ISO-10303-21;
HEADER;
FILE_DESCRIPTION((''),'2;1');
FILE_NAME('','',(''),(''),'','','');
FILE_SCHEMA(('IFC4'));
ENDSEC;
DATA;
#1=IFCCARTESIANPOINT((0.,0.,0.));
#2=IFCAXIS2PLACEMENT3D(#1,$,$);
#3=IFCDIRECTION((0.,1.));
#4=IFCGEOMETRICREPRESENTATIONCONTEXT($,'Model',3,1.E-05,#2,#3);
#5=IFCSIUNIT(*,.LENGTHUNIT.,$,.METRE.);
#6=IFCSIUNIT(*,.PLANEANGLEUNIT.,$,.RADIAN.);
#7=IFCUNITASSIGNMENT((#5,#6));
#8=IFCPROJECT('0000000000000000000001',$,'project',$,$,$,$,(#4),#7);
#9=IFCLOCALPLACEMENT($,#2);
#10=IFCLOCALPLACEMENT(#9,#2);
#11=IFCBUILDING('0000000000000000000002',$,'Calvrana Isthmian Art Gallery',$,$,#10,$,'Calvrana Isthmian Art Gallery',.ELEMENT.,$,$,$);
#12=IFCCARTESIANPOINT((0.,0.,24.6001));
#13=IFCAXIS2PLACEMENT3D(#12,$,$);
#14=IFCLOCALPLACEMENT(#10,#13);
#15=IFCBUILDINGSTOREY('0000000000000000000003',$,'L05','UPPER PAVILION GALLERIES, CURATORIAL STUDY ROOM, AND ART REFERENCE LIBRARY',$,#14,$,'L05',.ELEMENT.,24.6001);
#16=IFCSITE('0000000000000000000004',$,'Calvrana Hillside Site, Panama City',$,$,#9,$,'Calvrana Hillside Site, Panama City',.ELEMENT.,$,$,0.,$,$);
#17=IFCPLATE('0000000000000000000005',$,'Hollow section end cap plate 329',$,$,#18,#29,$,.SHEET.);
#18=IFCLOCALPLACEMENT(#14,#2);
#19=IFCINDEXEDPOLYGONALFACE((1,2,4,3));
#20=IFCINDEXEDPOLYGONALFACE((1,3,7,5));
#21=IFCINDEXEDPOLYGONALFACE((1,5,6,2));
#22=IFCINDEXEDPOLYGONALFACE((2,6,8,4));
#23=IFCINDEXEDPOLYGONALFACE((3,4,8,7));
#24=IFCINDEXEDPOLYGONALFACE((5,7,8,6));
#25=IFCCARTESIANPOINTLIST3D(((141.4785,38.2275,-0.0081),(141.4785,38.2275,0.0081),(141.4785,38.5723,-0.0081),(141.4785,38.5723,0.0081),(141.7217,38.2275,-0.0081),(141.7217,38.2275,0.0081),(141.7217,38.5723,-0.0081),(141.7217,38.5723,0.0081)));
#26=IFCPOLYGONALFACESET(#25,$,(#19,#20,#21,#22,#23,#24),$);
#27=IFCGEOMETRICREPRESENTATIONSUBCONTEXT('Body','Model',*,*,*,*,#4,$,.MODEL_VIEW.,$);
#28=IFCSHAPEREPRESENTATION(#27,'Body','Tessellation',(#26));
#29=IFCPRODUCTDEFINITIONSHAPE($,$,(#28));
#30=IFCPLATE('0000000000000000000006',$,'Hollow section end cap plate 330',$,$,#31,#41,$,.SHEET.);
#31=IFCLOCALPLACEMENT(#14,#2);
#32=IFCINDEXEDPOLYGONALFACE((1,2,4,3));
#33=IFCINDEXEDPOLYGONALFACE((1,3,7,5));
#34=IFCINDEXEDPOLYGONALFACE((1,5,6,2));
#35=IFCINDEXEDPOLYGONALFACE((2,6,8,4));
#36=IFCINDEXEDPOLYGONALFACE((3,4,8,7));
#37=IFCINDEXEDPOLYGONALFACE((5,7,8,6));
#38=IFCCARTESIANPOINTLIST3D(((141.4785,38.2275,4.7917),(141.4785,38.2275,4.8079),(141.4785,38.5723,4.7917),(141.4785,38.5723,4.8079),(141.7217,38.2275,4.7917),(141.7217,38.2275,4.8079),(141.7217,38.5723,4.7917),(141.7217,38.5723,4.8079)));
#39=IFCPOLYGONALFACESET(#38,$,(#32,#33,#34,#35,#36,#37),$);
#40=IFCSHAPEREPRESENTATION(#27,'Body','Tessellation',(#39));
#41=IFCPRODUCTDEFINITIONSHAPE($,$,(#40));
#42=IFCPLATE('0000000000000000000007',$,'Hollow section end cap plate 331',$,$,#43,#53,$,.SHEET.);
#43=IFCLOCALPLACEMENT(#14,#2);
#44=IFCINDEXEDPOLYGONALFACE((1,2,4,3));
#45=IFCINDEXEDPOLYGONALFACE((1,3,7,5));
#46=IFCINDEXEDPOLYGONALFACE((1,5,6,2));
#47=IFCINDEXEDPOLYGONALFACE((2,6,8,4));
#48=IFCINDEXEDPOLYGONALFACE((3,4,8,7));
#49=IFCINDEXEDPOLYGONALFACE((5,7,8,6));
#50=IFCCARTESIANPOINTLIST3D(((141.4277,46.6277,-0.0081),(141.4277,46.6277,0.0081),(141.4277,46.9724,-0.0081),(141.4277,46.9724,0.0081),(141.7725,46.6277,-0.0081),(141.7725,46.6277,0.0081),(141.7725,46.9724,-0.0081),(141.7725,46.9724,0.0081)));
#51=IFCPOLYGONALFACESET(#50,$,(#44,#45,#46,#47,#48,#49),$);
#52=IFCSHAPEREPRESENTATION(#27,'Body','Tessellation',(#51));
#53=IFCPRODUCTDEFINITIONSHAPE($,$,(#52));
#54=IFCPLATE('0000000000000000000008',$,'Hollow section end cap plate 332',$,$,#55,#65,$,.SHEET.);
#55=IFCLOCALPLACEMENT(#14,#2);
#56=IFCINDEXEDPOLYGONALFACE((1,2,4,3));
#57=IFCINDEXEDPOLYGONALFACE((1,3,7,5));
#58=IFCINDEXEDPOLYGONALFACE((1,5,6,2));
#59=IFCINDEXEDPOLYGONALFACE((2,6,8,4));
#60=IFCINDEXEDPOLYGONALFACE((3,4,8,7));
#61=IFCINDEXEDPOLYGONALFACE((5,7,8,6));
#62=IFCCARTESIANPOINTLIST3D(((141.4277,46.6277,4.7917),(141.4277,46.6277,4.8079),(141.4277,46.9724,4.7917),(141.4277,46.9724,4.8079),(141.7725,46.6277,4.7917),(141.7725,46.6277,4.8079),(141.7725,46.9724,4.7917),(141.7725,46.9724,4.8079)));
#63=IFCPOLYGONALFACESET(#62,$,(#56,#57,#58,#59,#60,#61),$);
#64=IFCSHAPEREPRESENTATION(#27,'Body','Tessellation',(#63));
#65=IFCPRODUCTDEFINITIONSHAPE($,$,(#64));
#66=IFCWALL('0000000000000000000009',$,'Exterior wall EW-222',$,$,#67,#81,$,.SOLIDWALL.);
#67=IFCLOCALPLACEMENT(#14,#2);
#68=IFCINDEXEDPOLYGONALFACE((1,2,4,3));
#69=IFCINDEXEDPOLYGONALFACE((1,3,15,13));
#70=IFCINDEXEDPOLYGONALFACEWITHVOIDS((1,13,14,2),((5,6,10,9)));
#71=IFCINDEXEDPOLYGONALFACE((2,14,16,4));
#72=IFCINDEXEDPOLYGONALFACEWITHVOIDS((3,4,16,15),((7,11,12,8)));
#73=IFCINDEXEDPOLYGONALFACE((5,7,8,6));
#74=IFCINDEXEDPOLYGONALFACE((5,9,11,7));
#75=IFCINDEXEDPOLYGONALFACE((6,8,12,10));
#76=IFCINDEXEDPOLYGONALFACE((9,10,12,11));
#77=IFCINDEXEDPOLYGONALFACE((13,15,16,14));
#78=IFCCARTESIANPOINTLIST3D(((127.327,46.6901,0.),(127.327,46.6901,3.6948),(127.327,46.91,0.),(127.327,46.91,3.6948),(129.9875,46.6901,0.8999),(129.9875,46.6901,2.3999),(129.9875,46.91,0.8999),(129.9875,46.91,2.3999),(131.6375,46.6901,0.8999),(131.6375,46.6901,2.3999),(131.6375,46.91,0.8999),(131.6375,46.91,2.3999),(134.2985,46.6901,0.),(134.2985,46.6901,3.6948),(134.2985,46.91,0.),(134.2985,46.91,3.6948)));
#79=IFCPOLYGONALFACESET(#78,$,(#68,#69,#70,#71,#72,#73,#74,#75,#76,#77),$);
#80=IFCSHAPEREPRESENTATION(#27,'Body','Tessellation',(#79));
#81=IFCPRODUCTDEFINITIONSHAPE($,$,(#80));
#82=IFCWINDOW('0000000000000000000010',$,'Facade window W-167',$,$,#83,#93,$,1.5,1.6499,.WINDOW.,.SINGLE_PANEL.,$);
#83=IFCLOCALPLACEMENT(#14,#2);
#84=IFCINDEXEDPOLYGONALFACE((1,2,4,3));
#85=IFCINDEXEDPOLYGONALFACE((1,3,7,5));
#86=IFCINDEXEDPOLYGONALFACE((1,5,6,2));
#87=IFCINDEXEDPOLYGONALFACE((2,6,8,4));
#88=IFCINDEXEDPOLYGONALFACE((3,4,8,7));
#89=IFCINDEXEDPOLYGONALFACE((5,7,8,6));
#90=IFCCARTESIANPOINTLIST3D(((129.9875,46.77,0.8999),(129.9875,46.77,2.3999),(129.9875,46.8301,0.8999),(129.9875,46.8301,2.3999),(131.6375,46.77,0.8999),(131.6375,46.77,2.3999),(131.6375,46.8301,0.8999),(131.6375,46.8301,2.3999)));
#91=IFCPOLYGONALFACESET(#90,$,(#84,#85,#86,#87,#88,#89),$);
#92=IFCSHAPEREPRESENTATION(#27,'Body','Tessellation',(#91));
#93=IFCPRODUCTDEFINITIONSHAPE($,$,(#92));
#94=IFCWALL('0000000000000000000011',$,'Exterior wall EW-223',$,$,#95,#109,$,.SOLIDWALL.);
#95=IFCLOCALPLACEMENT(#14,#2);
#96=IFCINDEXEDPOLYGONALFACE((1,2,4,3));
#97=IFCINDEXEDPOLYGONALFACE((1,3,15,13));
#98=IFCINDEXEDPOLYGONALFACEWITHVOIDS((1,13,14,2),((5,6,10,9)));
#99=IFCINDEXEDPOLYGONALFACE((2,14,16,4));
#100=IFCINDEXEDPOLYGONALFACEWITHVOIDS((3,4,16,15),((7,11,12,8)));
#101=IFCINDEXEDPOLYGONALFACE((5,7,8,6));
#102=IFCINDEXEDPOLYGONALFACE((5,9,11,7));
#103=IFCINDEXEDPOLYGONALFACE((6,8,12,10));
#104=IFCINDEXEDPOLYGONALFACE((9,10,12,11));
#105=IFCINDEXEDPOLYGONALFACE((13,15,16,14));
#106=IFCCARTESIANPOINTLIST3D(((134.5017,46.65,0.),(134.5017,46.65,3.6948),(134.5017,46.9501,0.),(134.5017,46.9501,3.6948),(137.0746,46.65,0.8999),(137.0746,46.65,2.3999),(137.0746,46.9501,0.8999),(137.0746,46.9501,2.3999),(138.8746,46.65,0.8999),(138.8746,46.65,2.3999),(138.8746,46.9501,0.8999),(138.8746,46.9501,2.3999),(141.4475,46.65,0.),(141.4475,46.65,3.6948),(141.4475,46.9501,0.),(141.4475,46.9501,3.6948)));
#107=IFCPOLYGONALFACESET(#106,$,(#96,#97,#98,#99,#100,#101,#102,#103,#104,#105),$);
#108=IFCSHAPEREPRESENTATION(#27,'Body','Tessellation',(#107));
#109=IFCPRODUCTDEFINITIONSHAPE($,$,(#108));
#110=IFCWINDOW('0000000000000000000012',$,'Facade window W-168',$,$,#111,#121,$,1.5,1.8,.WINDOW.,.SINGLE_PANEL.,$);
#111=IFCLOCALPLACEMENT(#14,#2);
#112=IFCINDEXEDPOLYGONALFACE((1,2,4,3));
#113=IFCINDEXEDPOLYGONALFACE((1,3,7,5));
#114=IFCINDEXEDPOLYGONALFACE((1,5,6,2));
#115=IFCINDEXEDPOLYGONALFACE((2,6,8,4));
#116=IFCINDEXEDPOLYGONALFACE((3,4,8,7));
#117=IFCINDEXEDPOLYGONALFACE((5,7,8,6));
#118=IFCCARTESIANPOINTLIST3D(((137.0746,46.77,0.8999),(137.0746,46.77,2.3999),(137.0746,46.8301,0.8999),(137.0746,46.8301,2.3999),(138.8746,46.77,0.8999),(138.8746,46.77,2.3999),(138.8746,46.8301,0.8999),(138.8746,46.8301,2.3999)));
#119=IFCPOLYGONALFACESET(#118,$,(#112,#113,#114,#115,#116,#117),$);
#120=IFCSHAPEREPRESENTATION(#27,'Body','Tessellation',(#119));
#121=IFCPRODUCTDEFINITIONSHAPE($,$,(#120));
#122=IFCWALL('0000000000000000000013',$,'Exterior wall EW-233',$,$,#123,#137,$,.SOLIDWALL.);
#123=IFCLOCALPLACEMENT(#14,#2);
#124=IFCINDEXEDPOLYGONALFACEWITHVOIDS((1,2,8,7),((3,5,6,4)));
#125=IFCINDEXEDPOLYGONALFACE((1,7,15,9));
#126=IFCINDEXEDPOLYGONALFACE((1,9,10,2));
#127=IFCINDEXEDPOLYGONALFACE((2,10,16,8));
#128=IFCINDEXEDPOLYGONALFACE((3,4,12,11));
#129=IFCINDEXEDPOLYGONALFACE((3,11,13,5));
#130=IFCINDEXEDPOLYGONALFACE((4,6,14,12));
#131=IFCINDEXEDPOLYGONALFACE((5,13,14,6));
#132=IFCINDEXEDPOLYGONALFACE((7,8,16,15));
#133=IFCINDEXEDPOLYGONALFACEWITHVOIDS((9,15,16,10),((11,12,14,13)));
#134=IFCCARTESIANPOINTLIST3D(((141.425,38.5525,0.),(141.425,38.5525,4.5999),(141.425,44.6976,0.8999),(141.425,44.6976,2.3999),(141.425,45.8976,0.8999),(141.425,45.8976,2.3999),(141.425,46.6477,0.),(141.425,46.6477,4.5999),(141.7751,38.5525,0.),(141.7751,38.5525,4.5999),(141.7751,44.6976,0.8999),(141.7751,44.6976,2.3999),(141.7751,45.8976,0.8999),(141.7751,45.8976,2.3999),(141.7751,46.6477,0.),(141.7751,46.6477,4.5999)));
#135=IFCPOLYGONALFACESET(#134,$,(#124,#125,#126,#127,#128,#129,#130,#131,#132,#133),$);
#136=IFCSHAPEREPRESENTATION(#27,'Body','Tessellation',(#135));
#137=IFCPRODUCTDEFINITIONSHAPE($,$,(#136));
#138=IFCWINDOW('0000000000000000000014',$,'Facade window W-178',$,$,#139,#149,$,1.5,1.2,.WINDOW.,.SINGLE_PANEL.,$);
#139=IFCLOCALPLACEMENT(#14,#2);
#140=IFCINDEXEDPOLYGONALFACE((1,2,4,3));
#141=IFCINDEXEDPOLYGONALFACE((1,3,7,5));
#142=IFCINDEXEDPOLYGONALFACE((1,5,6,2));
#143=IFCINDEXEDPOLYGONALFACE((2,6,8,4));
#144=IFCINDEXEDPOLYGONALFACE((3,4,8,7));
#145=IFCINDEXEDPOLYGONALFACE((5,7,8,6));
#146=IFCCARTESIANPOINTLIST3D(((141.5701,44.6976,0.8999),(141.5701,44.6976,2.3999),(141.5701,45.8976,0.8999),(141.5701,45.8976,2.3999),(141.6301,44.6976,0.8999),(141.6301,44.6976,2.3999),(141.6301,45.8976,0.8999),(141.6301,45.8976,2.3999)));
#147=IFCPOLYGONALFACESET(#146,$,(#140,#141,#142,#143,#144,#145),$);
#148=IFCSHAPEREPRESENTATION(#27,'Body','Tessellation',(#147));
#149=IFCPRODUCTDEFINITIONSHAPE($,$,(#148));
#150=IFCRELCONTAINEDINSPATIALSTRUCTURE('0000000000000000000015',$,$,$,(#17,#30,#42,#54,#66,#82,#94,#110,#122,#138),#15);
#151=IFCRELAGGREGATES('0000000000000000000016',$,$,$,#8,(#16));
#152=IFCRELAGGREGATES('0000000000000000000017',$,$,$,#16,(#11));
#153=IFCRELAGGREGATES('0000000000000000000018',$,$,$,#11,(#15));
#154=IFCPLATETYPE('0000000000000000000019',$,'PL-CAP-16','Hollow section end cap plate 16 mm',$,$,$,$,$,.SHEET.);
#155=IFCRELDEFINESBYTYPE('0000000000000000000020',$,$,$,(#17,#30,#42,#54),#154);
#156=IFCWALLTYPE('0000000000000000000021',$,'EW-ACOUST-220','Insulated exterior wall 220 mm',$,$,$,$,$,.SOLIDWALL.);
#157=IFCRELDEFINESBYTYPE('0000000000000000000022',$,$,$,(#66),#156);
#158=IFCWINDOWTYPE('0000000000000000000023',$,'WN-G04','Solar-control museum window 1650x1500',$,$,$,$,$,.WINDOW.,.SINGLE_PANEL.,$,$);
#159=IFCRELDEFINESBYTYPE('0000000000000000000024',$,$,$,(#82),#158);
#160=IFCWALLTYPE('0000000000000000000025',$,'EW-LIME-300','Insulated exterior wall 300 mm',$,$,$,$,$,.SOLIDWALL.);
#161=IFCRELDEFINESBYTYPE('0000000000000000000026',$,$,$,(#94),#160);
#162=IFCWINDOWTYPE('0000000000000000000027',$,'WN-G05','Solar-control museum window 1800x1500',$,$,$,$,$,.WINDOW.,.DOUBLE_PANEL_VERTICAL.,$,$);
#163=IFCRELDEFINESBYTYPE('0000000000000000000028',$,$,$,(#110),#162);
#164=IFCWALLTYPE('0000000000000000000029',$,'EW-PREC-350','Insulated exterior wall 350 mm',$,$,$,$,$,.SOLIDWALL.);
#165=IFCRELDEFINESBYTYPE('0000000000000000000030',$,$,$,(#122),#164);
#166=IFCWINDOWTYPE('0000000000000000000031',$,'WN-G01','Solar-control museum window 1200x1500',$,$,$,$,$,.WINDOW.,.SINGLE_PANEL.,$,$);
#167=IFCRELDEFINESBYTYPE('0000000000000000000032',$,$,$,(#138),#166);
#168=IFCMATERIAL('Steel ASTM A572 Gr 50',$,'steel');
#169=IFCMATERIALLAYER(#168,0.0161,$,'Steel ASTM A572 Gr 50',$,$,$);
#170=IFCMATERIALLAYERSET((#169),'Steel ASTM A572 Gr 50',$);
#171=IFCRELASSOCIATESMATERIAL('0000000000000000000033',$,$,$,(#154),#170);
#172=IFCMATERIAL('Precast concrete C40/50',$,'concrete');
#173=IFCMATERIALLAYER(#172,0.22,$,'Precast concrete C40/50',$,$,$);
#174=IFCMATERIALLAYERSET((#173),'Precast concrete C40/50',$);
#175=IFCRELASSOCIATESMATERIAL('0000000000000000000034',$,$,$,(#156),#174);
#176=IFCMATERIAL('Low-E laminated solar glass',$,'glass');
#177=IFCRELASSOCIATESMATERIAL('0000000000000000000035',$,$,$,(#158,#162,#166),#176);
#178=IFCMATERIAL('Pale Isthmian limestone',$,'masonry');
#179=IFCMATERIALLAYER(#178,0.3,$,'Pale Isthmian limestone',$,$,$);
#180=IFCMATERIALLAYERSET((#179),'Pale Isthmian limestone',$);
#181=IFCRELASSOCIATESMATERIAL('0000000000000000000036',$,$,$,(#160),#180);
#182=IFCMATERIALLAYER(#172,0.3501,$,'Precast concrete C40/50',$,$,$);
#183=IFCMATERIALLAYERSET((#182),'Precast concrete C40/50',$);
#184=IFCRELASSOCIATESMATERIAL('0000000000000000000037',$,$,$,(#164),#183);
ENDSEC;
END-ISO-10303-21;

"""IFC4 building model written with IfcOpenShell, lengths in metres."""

from ifc_helpers import new_model, si_unit, direction, frame, frame_2d, origin, origin_2d, place, context, subcontext, project, spatial, rectangle, extrude, material, layer, layer_set, type_object, element, fill, save


model = new_model("IFC4")

# Units and contexts
model_context = context("Model", 3, precision=1e-05, world=origin(), true_north=direction((0.0, 1.0)))
body_context = subcontext(model_context, "Body", "Model", "MODEL_VIEW")
ifc_project = project(units=[si_unit("LENGTHUNIT", "METRE"), si_unit("PLANEANGLEUNIT", "RADIAN")], contexts=[model_context])

# Site, building, storey
site_placement = place(None, origin())
site = spatial("IfcSite", under=ifc_project, at=site_placement, Name="Calvrana Hillside Site, Panama City", LongName="Calvrana Hillside Site, Panama City", CompositionType="ELEMENT", RefElevation=0.0)
building_placement = place(site_placement, origin())
building = spatial("IfcBuilding", under=site, at=building_placement, Name="Calvrana Isthmian Art Gallery", LongName="Calvrana Isthmian Art Gallery", CompositionType="ELEMENT")
storey_placement = place(building_placement, frame((0.0, 0.0, 24.6001)))
storey = spatial("IfcBuildingStorey", under=building, at=storey_placement, Name="L05", Description="UPPER PAVILION GALLERIES, CURATORIAL STUDY ROOM, AND ART REFERENCE LIBRARY", LongName="L05", CompositionType="ELEMENT", Elevation=24.6001)

# Plates
ifc_material_1 = material(Name="Steel ASTM A572 Gr 50", Category="steel")
ifc_layer_1 = layer(ifc_material_1, 0.0161, Name="Steel ASTM A572 Gr 50")
ifc_layer_set_1 = layer_set([ifc_layer_1], Name="Steel ASTM A572 Gr 50")
plate_type = type_object("IfcPlateType", Name="PL-CAP-16", Description="Hollow section end cap plate 16 mm", PredefinedType="SHEET", material=ifc_layer_set_1)
for number, where, z_axis, x_axis, name in (
    (1, (141.6001, 38.3999, -0.0081), (0.0, 0.0, 1.0), (1.0, 0.0, 0.0), "Hollow section end cap plate 329"),
    (2, (141.6001, 38.3999, 4.7917), (0.0, 0.0, 1.0), (1.0, 0.0, 0.0), "Hollow section end cap plate 330"),
):
    element("IfcPlate", number, at=place(storey_placement, frame(where, z_axis=z_axis, x_axis=x_axis)), inside=storey, type_object=plate_type, Name=name, PredefinedType="SHEET", context=body_context, shape_type="SweptSolid", body=[
        extrude(rectangle(XDim=0.2432, YDim=0.3447, at=origin_2d()), origin(), (0.0, 0.0, 1.0), 0.0161),
    ])
for number, where, z_axis, x_axis, name in (
    (3, (141.6001, 46.8, -0.0081), (0.0, 0.0, 1.0), (1.0, 0.0, 0.0), "Hollow section end cap plate 331"),
    (4, (141.6001, 46.8, 4.7917), (0.0, 0.0, 1.0), (1.0, 0.0, 0.0), "Hollow section end cap plate 332"),
):
    element("IfcPlate", number, at=place(storey_placement, frame(where, z_axis=z_axis, x_axis=x_axis)), inside=storey, type_object=plate_type, Name=name, PredefinedType="SHEET", context=body_context, shape_type="SweptSolid", body=[
        extrude(rectangle(XDim=0.3447, YDim=0.3447, at=origin_2d()), origin(), (0.0, 0.0, 1.0), 0.0161),
    ])

# Walls, openings, windows
ifc_material_2 = material(Name="Precast concrete C40/50", Category="concrete")
ifc_layer_2 = layer(ifc_material_2, 0.22, Name="Precast concrete C40/50")
ifc_layer_set_2 = layer_set([ifc_layer_2], Name="Precast concrete C40/50")
wall_type_1 = type_object("IfcWallType", Name="EW-ACOUST-220", Description="Insulated exterior wall 220 mm", PredefinedType="SOLIDWALL", material=ifc_layer_set_2)
wall_1_placement = place(storey_placement, frame((127.3269, 46.8, 0.0), z_axis=(0.0, 0.0, 1.0), x_axis=(1.0, 0.0, 0.0)))
wall_1 = element("IfcWall", 5, at=wall_1_placement, inside=storey, type_object=wall_type_1, Name="Exterior wall EW-222", PredefinedType="SOLIDWALL", context=body_context, shape_type="SweptSolid", body=[
    extrude(rectangle(XDim=6.9714, YDim=0.22, at=frame_2d((3.4858, 0.0))), origin(), (0.0, 0.0, 1.0), 3.6948),
])
opening_1_placement = place(wall_1_placement, frame((2.6606, 0.0, 0.8999)))
opening_1 = element("IfcOpeningElement", 6, at=opening_1_placement, cuts=wall_1, PredefinedType="OPENING", context=body_context, shape_type="SweptSolid", body=[
    extrude(rectangle(XDim=1.6499, YDim=1.5, at=frame_2d((0.825, 0.75))), frame((0.0, 0.1201, 0.0), z_axis=(0.0, -1.0, 0.0), x_axis=(1.0, 0.0, 0.0)), (0.0, 0.0, 1.0), 0.2405),
])
ifc_material_3 = material(Name="Low-E laminated solar glass", Category="glass")
window_type_1 = type_object("IfcWindowType", Name="WN-G04", Description="Solar-control museum window 1650x1500", PartitioningType="SINGLE_PANEL", PredefinedType="WINDOW", material=ifc_material_3)
window_1_placement = place(opening_1_placement, origin())
window_1 = element("IfcWindow", 7, at=window_1_placement, inside=storey, type_object=window_type_1, Name="Facade window W-167", OverallHeight=1.5, OverallWidth=1.6499, PartitioningType="SINGLE_PANEL", PredefinedType="WINDOW", context=body_context, shape_type="SweptSolid", body=[
    extrude(rectangle(XDim=1.6499, YDim=1.5, at=frame_2d((0.825, 0.75))), frame((0.0, 0.03, 0.0), z_axis=(0.0, -1.0, 0.0), x_axis=(1.0, 0.0, 0.0)), (0.0, 0.0, 1.0), 0.0601),
])
fill(opening_1, window_1)
ifc_material_4 = material(Name="Pale Isthmian limestone", Category="masonry")
ifc_layer_3 = layer(ifc_material_4, 0.3, Name="Pale Isthmian limestone")
ifc_layer_set_3 = layer_set([ifc_layer_3], Name="Pale Isthmian limestone")
wall_type_2 = type_object("IfcWallType", Name="EW-LIME-300", Description="Insulated exterior wall 300 mm", PredefinedType="SOLIDWALL", material=ifc_layer_set_3)
wall_2_placement = place(storey_placement, frame((134.5017, 46.8, 0.0), z_axis=(0.0, 0.0, 1.0), x_axis=(1.0, 0.0, 0.0)))
wall_2 = element("IfcWall", 8, at=wall_2_placement, inside=storey, type_object=wall_type_2, Name="Exterior wall EW-223", PredefinedType="SOLIDWALL", context=body_context, shape_type="SweptSolid", body=[
    extrude(rectangle(XDim=6.9458, YDim=0.3, at=frame_2d((3.4729, 0.0))), origin(), (0.0, 0.0, 1.0), 3.6948),
])
opening_2_placement = place(wall_2_placement, frame((2.573, 0.0, 0.8999)))
opening_2 = element("IfcOpeningElement", 9, at=opening_2_placement, cuts=wall_2, PredefinedType="OPENING", context=body_context, shape_type="SweptSolid", body=[
    extrude(rectangle(XDim=1.8, YDim=1.5, at=frame_2d((0.8999, 0.75))), frame((0.0, 0.1602, 0.0), z_axis=(0.0, -1.0, 0.0), x_axis=(1.0, 0.0, 0.0)), (0.0, 0.0, 1.0), 0.3206),
])
window_type_2 = type_object("IfcWindowType", Name="WN-G05", Description="Solar-control museum window 1800x1500", PartitioningType="DOUBLE_PANEL_VERTICAL", PredefinedType="WINDOW", material=ifc_material_3)
window_2_placement = place(opening_2_placement, origin())
window_2 = element("IfcWindow", 10, at=window_2_placement, inside=storey, type_object=window_type_2, Name="Facade window W-168", OverallHeight=1.5, OverallWidth=1.8, PartitioningType="SINGLE_PANEL", PredefinedType="WINDOW", context=body_context, shape_type="SweptSolid", body=[
    extrude(rectangle(XDim=1.8, YDim=1.5, at=frame_2d((0.8999, 0.75))), frame((0.0, 0.03, 0.0), z_axis=(0.0, -1.0, 0.0), x_axis=(1.0, 0.0, 0.0)), (0.0, 0.0, 1.0), 0.0601),
])
fill(opening_2, window_2)
ifc_layer_4 = layer(ifc_material_2, 0.3501, Name="Precast concrete C40/50")
ifc_layer_set_4 = layer_set([ifc_layer_4], Name="Precast concrete C40/50")
wall_type_3 = type_object("IfcWallType", Name="EW-PREC-350", Description="Insulated exterior wall 350 mm", PredefinedType="SOLIDWALL", material=ifc_layer_set_4)
wall_3_placement = place(storey_placement, frame((141.6001, 46.6477, 0.0), z_axis=(0.0, 0.0, 1.0), x_axis=(0.0, -1.0, 0.0)))
wall_3 = element("IfcWall", 11, at=wall_3_placement, inside=storey, type_object=wall_type_3, Name="Exterior wall EW-233", PredefinedType="SOLIDWALL", context=body_context, shape_type="SweptSolid", body=[
    extrude(rectangle(XDim=8.0952, YDim=0.3501, at=frame_2d((4.0476, 0.0))), origin(), (0.0, 0.0, 1.0), 4.5999),
])
opening_3_placement = place(wall_3_placement, frame((0.75, 0.0, 0.8999)))
opening_3 = element("IfcOpeningElement", 12, at=opening_3_placement, cuts=wall_3, PredefinedType="OPENING", context=body_context, shape_type="SweptSolid", body=[
    extrude(rectangle(XDim=1.2, YDim=1.5, at=frame_2d((0.6001, 0.75))), frame((0.0, 0.1853, 0.0), z_axis=(0.0, -1.0, 0.0), x_axis=(1.0, 0.0, 0.0)), (0.0, 0.0, 1.0), 0.3706),
])
window_type_3 = type_object("IfcWindowType", Name="WN-G01", Description="Solar-control museum window 1200x1500", PartitioningType="SINGLE_PANEL", PredefinedType="WINDOW", material=ifc_material_3)
window_3_placement = place(opening_3_placement, origin())
window_3 = element("IfcWindow", 13, at=window_3_placement, inside=storey, type_object=window_type_3, Name="Facade window W-178", OverallHeight=1.5, OverallWidth=1.2, PartitioningType="SINGLE_PANEL", PredefinedType="WINDOW", context=body_context, shape_type="SweptSolid", body=[
    extrude(rectangle(XDim=1.2, YDim=1.5, at=frame_2d((0.6001, 0.75))), frame((0.0, 0.03, 0.0), z_axis=(0.0, -1.0, 0.0), x_axis=(1.0, 0.0, 0.0)), (0.0, 0.0, 1.0), 0.0601),
])
fill(opening_3, window_3)

save(model, "model.ifc")
